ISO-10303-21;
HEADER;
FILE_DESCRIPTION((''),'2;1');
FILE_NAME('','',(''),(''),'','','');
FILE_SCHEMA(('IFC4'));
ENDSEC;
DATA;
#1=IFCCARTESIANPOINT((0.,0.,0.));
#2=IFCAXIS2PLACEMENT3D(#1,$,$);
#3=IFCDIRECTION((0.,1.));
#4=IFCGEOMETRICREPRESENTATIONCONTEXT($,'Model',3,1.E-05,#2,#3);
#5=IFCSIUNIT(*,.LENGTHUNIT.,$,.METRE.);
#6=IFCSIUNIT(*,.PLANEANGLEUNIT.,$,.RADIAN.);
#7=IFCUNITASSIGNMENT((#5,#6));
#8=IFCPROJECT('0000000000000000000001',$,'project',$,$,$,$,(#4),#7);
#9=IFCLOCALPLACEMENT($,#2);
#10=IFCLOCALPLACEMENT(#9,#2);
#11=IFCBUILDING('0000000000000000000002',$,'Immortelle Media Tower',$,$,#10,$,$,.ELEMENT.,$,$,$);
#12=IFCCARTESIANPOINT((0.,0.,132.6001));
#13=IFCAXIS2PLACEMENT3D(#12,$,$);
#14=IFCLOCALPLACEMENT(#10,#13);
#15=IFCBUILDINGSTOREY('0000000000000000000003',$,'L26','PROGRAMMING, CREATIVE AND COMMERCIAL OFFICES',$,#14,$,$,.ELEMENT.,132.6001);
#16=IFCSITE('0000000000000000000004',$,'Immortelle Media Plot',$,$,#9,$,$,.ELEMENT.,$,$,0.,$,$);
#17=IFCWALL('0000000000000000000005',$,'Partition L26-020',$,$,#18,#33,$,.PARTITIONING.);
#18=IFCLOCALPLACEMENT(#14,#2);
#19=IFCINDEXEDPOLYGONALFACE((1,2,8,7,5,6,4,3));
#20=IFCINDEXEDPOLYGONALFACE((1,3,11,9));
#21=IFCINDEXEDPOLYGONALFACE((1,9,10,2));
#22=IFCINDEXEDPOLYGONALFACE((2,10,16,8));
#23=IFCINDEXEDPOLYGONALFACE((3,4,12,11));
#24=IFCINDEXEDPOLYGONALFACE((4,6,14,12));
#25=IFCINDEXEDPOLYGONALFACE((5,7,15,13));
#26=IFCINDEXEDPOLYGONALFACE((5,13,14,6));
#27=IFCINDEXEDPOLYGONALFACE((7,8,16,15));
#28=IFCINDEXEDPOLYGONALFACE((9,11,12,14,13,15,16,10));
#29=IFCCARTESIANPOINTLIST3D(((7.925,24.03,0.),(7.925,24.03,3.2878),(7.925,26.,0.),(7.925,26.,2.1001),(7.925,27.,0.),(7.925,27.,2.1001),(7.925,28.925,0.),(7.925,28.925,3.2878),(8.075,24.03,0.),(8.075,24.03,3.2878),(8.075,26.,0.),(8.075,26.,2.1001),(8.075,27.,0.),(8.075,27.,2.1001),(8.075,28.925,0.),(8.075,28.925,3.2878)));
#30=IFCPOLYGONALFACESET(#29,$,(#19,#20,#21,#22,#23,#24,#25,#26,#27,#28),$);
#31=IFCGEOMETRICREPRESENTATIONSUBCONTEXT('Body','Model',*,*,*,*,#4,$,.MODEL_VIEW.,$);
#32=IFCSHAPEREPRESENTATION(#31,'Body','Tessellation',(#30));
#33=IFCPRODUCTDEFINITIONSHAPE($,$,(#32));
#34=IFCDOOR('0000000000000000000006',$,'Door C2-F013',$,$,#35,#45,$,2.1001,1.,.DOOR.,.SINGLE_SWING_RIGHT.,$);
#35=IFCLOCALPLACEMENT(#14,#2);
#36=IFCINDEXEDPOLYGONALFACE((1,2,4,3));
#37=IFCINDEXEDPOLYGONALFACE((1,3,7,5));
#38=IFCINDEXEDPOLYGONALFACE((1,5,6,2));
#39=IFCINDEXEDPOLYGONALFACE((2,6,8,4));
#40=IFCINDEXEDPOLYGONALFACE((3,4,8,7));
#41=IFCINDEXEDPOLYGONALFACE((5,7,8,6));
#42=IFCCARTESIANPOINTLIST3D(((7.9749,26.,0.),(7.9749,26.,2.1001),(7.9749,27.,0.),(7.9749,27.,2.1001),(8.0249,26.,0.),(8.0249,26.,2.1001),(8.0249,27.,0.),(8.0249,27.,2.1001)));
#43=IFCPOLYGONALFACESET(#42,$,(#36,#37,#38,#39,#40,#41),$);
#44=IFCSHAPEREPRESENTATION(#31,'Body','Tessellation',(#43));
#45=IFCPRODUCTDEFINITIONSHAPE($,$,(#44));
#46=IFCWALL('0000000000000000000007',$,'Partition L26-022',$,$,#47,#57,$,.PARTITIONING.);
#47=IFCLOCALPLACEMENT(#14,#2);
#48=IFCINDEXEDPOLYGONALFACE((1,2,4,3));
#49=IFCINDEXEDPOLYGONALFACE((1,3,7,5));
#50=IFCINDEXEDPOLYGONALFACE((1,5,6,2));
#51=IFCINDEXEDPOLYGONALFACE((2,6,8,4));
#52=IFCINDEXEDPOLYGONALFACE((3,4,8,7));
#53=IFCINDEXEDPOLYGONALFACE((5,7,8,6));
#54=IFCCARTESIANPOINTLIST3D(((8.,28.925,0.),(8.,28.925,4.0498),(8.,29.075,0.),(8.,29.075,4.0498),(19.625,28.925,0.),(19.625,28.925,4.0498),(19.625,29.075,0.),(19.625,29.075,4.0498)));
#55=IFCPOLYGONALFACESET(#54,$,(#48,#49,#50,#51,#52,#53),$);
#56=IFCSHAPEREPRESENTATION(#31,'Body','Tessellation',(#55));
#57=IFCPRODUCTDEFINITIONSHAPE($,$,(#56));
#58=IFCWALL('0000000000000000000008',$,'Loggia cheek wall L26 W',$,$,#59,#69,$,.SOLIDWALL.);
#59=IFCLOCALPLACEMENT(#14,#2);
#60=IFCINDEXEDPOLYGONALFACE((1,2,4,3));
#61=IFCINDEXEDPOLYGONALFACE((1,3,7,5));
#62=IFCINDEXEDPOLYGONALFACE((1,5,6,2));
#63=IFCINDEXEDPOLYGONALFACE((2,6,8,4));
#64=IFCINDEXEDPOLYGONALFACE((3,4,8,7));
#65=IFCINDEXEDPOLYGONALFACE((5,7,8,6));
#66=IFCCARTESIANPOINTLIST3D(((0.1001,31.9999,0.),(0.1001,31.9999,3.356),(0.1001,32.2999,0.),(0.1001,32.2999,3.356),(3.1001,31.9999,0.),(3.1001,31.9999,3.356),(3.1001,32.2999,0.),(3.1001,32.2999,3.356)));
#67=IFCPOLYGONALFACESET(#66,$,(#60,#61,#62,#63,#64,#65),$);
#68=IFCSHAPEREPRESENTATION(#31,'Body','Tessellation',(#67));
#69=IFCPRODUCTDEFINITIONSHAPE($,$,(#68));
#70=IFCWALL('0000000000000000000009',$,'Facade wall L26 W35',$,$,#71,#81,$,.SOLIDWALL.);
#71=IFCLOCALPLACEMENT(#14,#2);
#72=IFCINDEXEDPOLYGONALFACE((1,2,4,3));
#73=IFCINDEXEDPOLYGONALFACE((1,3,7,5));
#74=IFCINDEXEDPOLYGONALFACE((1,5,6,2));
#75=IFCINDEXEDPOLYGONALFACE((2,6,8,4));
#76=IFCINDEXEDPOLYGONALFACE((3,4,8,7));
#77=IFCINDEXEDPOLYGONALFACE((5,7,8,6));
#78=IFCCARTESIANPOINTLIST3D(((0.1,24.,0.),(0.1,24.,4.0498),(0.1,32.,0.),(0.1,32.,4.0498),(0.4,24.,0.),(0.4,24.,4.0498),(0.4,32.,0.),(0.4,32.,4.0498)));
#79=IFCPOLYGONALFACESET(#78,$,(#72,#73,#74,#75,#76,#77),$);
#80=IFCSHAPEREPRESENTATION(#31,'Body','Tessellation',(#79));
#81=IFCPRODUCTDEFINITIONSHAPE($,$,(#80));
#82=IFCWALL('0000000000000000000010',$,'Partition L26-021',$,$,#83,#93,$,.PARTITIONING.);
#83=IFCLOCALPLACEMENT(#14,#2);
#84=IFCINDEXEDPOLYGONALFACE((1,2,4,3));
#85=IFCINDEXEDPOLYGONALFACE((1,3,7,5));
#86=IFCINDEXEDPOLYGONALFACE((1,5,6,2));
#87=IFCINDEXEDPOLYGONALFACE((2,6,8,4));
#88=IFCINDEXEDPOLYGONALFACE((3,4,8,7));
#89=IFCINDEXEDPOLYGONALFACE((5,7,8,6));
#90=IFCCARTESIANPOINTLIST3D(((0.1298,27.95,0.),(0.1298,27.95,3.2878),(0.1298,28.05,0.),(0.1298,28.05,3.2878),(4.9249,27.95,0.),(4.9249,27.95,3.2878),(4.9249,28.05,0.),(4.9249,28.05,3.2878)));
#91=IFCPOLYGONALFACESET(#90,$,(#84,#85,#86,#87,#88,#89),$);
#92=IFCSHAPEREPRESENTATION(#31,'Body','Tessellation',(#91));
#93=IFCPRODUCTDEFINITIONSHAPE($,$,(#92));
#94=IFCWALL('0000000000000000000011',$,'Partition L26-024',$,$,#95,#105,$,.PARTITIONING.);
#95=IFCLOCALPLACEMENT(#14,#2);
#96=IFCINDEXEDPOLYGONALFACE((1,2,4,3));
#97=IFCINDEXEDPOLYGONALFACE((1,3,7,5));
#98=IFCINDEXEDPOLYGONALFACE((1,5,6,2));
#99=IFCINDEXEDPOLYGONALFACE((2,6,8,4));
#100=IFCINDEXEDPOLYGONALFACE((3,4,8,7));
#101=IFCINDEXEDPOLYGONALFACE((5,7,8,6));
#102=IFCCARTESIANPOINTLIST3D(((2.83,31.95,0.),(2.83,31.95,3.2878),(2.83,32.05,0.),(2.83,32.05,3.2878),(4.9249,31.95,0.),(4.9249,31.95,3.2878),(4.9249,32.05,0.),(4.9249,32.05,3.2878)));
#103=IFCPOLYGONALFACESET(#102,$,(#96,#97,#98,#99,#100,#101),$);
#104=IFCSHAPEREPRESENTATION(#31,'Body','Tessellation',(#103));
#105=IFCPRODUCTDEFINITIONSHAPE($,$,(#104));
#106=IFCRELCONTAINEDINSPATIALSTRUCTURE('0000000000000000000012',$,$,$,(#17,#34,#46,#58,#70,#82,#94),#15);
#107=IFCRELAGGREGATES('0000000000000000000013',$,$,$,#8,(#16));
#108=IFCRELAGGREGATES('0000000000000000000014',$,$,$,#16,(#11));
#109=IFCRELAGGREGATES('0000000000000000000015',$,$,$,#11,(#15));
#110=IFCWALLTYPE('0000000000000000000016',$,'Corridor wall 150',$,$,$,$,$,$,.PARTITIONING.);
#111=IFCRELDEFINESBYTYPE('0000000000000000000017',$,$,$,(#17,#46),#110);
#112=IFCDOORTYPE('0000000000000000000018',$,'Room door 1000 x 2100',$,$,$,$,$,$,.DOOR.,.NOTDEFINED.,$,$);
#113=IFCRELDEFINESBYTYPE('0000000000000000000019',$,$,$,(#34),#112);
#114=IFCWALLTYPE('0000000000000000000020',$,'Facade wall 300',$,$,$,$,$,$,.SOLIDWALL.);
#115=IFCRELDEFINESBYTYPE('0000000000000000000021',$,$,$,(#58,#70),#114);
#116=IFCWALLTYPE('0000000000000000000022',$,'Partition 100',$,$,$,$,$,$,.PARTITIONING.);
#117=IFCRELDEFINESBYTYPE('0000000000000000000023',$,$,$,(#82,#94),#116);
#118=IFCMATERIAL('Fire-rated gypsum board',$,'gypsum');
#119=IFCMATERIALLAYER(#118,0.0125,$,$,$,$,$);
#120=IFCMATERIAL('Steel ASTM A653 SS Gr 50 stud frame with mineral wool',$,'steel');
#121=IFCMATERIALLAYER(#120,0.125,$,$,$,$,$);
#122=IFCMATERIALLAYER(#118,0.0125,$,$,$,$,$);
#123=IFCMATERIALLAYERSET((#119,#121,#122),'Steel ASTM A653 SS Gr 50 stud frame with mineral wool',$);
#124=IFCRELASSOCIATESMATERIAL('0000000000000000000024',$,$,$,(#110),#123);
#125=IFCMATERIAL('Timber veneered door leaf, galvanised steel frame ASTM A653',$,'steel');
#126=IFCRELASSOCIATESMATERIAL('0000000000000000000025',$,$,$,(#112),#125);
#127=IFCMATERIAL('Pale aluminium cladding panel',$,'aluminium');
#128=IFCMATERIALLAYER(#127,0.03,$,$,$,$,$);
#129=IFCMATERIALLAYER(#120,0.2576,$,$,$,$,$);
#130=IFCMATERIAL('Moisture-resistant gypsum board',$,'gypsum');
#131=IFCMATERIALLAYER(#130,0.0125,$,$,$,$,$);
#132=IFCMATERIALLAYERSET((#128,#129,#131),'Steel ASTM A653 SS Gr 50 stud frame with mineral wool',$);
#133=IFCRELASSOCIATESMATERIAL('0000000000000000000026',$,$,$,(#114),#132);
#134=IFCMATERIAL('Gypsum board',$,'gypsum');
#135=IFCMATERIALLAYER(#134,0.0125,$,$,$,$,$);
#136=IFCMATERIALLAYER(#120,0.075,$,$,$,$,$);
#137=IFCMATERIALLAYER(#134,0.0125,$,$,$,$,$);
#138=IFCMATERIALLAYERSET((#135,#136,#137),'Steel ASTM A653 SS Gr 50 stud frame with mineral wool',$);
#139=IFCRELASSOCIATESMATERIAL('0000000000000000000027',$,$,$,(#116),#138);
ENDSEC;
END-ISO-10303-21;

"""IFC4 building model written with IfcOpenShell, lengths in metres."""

from ifc_helpers import new_model, si_unit, direction, frame, frame_2d, origin, place, context, subcontext, project, spatial, rectangle, extrude, material, layer, layer_set, type_object, element, fill, save


model = new_model("IFC4")

# Units and contexts
model_context = context("Model", 3, precision=1e-05, world=origin(), true_north=direction((0.0, 1.0)))
body_context = subcontext(model_context, "Body", "Model", "MODEL_VIEW")
ifc_project = project(units=[si_unit("LENGTHUNIT", "METRE"), si_unit("PLANEANGLEUNIT", "RADIAN")], contexts=[model_context])

# Site, building, storey
site_placement = place(None, origin())
site = spatial("IfcSite", under=ifc_project, at=site_placement, Name="Immortelle Media Plot", CompositionType="ELEMENT", RefElevation=0.0)
building_placement = place(site_placement, origin())
building = spatial("IfcBuilding", under=site, at=building_placement, Name="Immortelle Media Tower", CompositionType="ELEMENT")
storey_placement = place(building_placement, frame((0.0, 0.0, 132.6001)))
storey = spatial("IfcBuildingStorey", under=building, at=storey_placement, Name="L26", Description="PROGRAMMING, CREATIVE AND COMMERCIAL OFFICES", CompositionType="ELEMENT", Elevation=132.6001)

# Shared definitions
ifc_material_1 = material(Name="Fire-rated gypsum board", Category="gypsum")
ifc_material_2 = material(Name="Steel ASTM A653 SS Gr 50 stud frame with mineral wool", Category="steel")

# Wall, opening, door
ifc_layer_1 = layer(ifc_material_1, 0.0125)
ifc_layer_2 = layer(ifc_material_2, 0.125)
ifc_layer_3 = layer(ifc_material_1, 0.0125)
ifc_layer_set_1 = layer_set([ifc_layer_1, ifc_layer_2, ifc_layer_3], Name="Steel ASTM A653 SS Gr 50 stud frame with mineral wool")
wall_type_1 = type_object("IfcWallType", Name="Corridor wall 150", PredefinedType="PARTITIONING", material=ifc_layer_set_1)
wall_1_placement = place(storey_placement, frame((8.0, 24.03, 0.0), z_axis=(0.0, 0.0, 1.0), x_axis=(0.0, 1.0, 0.0)))
wall_1 = element("IfcWall", 1, at=wall_1_placement, inside=storey, type_object=wall_type_1, Name="Partition L26-020", PredefinedType="PARTITIONING", context=body_context, shape_type="SweptSolid", body=[
    extrude(rectangle(XDim=4.895, YDim=0.1499, at=frame_2d((2.4475, 0.0))), origin(), (0.0, 0.0, 1.0), 3.2878),
])
opening_1_placement = place(wall_1_placement, frame((2.97, 0.0, 0.0), z_axis=(0.0, 0.0, 1.0), x_axis=(-1.0, 0.0, 0.0)))
opening_1 = element("IfcOpeningElement", 2, at=opening_1_placement, cuts=wall_1, PredefinedType="OPENING", context=body_context, shape_type="SweptSolid", body=[
    extrude(rectangle(XDim=1.0, YDim=2.1001, at=frame_2d((0.5, 1.05))), frame((0.0, 0.085, 0.0), z_axis=(0.0, -1.0, 0.0), x_axis=(1.0, 0.0, 0.0)), (0.0, 0.0, 1.0), 0.1699),
])
ifc_material_3 = material(Name="Timber veneered door leaf, galvanised steel frame ASTM A653", Category="steel")
door_type_1 = type_object("IfcDoorType", Name="Room door 1000 x 2100", OperationType="NOTDEFINED", PredefinedType="DOOR", material=ifc_material_3)
door_1_placement = place(opening_1_placement, origin())
door_1 = element("IfcDoor", 3, at=door_1_placement, inside=storey, type_object=door_type_1, Name="Door C2-F013", OperationType="SINGLE_SWING_RIGHT", OverallHeight=2.1001, OverallWidth=1.0, PredefinedType="DOOR", context=body_context, shape_type="SweptSolid", body=[
    extrude(rectangle(XDim=1.0, YDim=2.1001, at=frame_2d((0.5, 1.05))), frame((0.0, 0.0249, 0.0), z_axis=(0.0, -1.0, 0.0), x_axis=(1.0, 0.0, 0.0)), (0.0, 0.0, 1.0), 0.05),
])
fill(opening_1, door_1)

# Walls
wall_2_placement = place(storey_placement, frame((8.0, 29.0, 0.0), z_axis=(0.0, 0.0, 1.0), x_axis=(1.0, 0.0, 0.0)))
element("IfcWall", 4, at=wall_2_placement, inside=storey, type_object=wall_type_1, Name="Partition L26-022", PredefinedType="PARTITIONING", context=body_context, shape_type="SweptSolid", body=[
    extrude(rectangle(XDim=11.625, YDim=0.1499, at=frame_2d((5.8125, 0.0))), origin(), (0.0, 0.0, 1.0), 4.0498),
])
ifc_material_4 = material(Name="Pale aluminium cladding panel", Category="aluminium")
ifc_layer_4 = layer(ifc_material_4, 0.03)
ifc_layer_5 = layer(ifc_material_2, 0.2576)
ifc_material_5 = material(Name="Moisture-resistant gypsum board", Category="gypsum")
ifc_layer_6 = layer(ifc_material_5, 0.0125)
ifc_layer_set_2 = layer_set([ifc_layer_4, ifc_layer_5, ifc_layer_6], Name="Steel ASTM A653 SS Gr 50 stud frame with mineral wool")
wall_type_2 = type_object("IfcWallType", Name="Facade wall 300", PredefinedType="SOLIDWALL", material=ifc_layer_set_2)
wall_3_placement = place(storey_placement, frame((0.1001, 32.1499, 0.0), z_axis=(0.0, 0.0, 1.0), x_axis=(1.0, 0.0, 0.0)))
element("IfcWall", 5, at=wall_3_placement, inside=storey, type_object=wall_type_2, Name="Loggia cheek wall L26 W", PredefinedType="SOLIDWALL", context=body_context, shape_type="SweptSolid", body=[
    extrude(rectangle(XDim=3.0, YDim=0.3, at=frame_2d((1.5, 0.0))), origin(), (0.0, 0.0, 1.0), 3.356),
])
wall_4_placement = place(storey_placement, frame((0.25, 32.0, 0.0), z_axis=(0.0, 0.0, 1.0), x_axis=(0.0, -1.0, 0.0)))
element("IfcWall", 6, at=wall_4_placement, inside=storey, type_object=wall_type_2, Name="Facade wall L26 W35", PredefinedType="SOLIDWALL", context=body_context, shape_type="SweptSolid", body=[
    extrude(rectangle(XDim=8.0, YDim=0.3, at=frame_2d((4.0, 0.0))), origin(), (0.0, 0.0, 1.0), 4.0498),
])
ifc_material_6 = material(Name="Gypsum board", Category="gypsum")
ifc_layer_7 = layer(ifc_material_6, 0.0125)
ifc_layer_8 = layer(ifc_material_2, 0.075)
ifc_layer_9 = layer(ifc_material_6, 0.0125)
ifc_layer_set_3 = layer_set([ifc_layer_7, ifc_layer_8, ifc_layer_9], Name="Steel ASTM A653 SS Gr 50 stud frame with mineral wool")
wall_type_3 = type_object("IfcWallType", Name="Partition 100", PredefinedType="PARTITIONING", material=ifc_layer_set_3)
wall_5_placement = place(storey_placement, frame((0.1299, 28.0, 0.0), z_axis=(0.0, 0.0, 1.0), x_axis=(1.0, 0.0, 0.0)))
element("IfcWall", 7, at=wall_5_placement, inside=storey, type_object=wall_type_3, Name="Partition L26-021", PredefinedType="PARTITIONING", context=body_context, shape_type="SweptSolid", body=[
    extrude(rectangle(XDim=4.7952, YDim=0.1001, at=frame_2d((2.3975, 0.0))), origin(), (0.0, 0.0, 1.0), 3.2878),
])
wall_6_placement = place(storey_placement, frame((2.8301, 32.0, 0.0), z_axis=(0.0, 0.0, 1.0), x_axis=(1.0, 0.0, 0.0)))
element("IfcWall", 8, at=wall_6_placement, inside=storey, type_object=wall_type_3, Name="Partition L26-024", PredefinedType="PARTITIONING", context=body_context, shape_type="SweptSolid", body=[
    extrude(rectangle(XDim=2.095, YDim=0.1001, at=frame_2d((1.0474, 0.0))), origin(), (0.0, 0.0, 1.0), 3.2878),
])

save(model, "model.ifc")
